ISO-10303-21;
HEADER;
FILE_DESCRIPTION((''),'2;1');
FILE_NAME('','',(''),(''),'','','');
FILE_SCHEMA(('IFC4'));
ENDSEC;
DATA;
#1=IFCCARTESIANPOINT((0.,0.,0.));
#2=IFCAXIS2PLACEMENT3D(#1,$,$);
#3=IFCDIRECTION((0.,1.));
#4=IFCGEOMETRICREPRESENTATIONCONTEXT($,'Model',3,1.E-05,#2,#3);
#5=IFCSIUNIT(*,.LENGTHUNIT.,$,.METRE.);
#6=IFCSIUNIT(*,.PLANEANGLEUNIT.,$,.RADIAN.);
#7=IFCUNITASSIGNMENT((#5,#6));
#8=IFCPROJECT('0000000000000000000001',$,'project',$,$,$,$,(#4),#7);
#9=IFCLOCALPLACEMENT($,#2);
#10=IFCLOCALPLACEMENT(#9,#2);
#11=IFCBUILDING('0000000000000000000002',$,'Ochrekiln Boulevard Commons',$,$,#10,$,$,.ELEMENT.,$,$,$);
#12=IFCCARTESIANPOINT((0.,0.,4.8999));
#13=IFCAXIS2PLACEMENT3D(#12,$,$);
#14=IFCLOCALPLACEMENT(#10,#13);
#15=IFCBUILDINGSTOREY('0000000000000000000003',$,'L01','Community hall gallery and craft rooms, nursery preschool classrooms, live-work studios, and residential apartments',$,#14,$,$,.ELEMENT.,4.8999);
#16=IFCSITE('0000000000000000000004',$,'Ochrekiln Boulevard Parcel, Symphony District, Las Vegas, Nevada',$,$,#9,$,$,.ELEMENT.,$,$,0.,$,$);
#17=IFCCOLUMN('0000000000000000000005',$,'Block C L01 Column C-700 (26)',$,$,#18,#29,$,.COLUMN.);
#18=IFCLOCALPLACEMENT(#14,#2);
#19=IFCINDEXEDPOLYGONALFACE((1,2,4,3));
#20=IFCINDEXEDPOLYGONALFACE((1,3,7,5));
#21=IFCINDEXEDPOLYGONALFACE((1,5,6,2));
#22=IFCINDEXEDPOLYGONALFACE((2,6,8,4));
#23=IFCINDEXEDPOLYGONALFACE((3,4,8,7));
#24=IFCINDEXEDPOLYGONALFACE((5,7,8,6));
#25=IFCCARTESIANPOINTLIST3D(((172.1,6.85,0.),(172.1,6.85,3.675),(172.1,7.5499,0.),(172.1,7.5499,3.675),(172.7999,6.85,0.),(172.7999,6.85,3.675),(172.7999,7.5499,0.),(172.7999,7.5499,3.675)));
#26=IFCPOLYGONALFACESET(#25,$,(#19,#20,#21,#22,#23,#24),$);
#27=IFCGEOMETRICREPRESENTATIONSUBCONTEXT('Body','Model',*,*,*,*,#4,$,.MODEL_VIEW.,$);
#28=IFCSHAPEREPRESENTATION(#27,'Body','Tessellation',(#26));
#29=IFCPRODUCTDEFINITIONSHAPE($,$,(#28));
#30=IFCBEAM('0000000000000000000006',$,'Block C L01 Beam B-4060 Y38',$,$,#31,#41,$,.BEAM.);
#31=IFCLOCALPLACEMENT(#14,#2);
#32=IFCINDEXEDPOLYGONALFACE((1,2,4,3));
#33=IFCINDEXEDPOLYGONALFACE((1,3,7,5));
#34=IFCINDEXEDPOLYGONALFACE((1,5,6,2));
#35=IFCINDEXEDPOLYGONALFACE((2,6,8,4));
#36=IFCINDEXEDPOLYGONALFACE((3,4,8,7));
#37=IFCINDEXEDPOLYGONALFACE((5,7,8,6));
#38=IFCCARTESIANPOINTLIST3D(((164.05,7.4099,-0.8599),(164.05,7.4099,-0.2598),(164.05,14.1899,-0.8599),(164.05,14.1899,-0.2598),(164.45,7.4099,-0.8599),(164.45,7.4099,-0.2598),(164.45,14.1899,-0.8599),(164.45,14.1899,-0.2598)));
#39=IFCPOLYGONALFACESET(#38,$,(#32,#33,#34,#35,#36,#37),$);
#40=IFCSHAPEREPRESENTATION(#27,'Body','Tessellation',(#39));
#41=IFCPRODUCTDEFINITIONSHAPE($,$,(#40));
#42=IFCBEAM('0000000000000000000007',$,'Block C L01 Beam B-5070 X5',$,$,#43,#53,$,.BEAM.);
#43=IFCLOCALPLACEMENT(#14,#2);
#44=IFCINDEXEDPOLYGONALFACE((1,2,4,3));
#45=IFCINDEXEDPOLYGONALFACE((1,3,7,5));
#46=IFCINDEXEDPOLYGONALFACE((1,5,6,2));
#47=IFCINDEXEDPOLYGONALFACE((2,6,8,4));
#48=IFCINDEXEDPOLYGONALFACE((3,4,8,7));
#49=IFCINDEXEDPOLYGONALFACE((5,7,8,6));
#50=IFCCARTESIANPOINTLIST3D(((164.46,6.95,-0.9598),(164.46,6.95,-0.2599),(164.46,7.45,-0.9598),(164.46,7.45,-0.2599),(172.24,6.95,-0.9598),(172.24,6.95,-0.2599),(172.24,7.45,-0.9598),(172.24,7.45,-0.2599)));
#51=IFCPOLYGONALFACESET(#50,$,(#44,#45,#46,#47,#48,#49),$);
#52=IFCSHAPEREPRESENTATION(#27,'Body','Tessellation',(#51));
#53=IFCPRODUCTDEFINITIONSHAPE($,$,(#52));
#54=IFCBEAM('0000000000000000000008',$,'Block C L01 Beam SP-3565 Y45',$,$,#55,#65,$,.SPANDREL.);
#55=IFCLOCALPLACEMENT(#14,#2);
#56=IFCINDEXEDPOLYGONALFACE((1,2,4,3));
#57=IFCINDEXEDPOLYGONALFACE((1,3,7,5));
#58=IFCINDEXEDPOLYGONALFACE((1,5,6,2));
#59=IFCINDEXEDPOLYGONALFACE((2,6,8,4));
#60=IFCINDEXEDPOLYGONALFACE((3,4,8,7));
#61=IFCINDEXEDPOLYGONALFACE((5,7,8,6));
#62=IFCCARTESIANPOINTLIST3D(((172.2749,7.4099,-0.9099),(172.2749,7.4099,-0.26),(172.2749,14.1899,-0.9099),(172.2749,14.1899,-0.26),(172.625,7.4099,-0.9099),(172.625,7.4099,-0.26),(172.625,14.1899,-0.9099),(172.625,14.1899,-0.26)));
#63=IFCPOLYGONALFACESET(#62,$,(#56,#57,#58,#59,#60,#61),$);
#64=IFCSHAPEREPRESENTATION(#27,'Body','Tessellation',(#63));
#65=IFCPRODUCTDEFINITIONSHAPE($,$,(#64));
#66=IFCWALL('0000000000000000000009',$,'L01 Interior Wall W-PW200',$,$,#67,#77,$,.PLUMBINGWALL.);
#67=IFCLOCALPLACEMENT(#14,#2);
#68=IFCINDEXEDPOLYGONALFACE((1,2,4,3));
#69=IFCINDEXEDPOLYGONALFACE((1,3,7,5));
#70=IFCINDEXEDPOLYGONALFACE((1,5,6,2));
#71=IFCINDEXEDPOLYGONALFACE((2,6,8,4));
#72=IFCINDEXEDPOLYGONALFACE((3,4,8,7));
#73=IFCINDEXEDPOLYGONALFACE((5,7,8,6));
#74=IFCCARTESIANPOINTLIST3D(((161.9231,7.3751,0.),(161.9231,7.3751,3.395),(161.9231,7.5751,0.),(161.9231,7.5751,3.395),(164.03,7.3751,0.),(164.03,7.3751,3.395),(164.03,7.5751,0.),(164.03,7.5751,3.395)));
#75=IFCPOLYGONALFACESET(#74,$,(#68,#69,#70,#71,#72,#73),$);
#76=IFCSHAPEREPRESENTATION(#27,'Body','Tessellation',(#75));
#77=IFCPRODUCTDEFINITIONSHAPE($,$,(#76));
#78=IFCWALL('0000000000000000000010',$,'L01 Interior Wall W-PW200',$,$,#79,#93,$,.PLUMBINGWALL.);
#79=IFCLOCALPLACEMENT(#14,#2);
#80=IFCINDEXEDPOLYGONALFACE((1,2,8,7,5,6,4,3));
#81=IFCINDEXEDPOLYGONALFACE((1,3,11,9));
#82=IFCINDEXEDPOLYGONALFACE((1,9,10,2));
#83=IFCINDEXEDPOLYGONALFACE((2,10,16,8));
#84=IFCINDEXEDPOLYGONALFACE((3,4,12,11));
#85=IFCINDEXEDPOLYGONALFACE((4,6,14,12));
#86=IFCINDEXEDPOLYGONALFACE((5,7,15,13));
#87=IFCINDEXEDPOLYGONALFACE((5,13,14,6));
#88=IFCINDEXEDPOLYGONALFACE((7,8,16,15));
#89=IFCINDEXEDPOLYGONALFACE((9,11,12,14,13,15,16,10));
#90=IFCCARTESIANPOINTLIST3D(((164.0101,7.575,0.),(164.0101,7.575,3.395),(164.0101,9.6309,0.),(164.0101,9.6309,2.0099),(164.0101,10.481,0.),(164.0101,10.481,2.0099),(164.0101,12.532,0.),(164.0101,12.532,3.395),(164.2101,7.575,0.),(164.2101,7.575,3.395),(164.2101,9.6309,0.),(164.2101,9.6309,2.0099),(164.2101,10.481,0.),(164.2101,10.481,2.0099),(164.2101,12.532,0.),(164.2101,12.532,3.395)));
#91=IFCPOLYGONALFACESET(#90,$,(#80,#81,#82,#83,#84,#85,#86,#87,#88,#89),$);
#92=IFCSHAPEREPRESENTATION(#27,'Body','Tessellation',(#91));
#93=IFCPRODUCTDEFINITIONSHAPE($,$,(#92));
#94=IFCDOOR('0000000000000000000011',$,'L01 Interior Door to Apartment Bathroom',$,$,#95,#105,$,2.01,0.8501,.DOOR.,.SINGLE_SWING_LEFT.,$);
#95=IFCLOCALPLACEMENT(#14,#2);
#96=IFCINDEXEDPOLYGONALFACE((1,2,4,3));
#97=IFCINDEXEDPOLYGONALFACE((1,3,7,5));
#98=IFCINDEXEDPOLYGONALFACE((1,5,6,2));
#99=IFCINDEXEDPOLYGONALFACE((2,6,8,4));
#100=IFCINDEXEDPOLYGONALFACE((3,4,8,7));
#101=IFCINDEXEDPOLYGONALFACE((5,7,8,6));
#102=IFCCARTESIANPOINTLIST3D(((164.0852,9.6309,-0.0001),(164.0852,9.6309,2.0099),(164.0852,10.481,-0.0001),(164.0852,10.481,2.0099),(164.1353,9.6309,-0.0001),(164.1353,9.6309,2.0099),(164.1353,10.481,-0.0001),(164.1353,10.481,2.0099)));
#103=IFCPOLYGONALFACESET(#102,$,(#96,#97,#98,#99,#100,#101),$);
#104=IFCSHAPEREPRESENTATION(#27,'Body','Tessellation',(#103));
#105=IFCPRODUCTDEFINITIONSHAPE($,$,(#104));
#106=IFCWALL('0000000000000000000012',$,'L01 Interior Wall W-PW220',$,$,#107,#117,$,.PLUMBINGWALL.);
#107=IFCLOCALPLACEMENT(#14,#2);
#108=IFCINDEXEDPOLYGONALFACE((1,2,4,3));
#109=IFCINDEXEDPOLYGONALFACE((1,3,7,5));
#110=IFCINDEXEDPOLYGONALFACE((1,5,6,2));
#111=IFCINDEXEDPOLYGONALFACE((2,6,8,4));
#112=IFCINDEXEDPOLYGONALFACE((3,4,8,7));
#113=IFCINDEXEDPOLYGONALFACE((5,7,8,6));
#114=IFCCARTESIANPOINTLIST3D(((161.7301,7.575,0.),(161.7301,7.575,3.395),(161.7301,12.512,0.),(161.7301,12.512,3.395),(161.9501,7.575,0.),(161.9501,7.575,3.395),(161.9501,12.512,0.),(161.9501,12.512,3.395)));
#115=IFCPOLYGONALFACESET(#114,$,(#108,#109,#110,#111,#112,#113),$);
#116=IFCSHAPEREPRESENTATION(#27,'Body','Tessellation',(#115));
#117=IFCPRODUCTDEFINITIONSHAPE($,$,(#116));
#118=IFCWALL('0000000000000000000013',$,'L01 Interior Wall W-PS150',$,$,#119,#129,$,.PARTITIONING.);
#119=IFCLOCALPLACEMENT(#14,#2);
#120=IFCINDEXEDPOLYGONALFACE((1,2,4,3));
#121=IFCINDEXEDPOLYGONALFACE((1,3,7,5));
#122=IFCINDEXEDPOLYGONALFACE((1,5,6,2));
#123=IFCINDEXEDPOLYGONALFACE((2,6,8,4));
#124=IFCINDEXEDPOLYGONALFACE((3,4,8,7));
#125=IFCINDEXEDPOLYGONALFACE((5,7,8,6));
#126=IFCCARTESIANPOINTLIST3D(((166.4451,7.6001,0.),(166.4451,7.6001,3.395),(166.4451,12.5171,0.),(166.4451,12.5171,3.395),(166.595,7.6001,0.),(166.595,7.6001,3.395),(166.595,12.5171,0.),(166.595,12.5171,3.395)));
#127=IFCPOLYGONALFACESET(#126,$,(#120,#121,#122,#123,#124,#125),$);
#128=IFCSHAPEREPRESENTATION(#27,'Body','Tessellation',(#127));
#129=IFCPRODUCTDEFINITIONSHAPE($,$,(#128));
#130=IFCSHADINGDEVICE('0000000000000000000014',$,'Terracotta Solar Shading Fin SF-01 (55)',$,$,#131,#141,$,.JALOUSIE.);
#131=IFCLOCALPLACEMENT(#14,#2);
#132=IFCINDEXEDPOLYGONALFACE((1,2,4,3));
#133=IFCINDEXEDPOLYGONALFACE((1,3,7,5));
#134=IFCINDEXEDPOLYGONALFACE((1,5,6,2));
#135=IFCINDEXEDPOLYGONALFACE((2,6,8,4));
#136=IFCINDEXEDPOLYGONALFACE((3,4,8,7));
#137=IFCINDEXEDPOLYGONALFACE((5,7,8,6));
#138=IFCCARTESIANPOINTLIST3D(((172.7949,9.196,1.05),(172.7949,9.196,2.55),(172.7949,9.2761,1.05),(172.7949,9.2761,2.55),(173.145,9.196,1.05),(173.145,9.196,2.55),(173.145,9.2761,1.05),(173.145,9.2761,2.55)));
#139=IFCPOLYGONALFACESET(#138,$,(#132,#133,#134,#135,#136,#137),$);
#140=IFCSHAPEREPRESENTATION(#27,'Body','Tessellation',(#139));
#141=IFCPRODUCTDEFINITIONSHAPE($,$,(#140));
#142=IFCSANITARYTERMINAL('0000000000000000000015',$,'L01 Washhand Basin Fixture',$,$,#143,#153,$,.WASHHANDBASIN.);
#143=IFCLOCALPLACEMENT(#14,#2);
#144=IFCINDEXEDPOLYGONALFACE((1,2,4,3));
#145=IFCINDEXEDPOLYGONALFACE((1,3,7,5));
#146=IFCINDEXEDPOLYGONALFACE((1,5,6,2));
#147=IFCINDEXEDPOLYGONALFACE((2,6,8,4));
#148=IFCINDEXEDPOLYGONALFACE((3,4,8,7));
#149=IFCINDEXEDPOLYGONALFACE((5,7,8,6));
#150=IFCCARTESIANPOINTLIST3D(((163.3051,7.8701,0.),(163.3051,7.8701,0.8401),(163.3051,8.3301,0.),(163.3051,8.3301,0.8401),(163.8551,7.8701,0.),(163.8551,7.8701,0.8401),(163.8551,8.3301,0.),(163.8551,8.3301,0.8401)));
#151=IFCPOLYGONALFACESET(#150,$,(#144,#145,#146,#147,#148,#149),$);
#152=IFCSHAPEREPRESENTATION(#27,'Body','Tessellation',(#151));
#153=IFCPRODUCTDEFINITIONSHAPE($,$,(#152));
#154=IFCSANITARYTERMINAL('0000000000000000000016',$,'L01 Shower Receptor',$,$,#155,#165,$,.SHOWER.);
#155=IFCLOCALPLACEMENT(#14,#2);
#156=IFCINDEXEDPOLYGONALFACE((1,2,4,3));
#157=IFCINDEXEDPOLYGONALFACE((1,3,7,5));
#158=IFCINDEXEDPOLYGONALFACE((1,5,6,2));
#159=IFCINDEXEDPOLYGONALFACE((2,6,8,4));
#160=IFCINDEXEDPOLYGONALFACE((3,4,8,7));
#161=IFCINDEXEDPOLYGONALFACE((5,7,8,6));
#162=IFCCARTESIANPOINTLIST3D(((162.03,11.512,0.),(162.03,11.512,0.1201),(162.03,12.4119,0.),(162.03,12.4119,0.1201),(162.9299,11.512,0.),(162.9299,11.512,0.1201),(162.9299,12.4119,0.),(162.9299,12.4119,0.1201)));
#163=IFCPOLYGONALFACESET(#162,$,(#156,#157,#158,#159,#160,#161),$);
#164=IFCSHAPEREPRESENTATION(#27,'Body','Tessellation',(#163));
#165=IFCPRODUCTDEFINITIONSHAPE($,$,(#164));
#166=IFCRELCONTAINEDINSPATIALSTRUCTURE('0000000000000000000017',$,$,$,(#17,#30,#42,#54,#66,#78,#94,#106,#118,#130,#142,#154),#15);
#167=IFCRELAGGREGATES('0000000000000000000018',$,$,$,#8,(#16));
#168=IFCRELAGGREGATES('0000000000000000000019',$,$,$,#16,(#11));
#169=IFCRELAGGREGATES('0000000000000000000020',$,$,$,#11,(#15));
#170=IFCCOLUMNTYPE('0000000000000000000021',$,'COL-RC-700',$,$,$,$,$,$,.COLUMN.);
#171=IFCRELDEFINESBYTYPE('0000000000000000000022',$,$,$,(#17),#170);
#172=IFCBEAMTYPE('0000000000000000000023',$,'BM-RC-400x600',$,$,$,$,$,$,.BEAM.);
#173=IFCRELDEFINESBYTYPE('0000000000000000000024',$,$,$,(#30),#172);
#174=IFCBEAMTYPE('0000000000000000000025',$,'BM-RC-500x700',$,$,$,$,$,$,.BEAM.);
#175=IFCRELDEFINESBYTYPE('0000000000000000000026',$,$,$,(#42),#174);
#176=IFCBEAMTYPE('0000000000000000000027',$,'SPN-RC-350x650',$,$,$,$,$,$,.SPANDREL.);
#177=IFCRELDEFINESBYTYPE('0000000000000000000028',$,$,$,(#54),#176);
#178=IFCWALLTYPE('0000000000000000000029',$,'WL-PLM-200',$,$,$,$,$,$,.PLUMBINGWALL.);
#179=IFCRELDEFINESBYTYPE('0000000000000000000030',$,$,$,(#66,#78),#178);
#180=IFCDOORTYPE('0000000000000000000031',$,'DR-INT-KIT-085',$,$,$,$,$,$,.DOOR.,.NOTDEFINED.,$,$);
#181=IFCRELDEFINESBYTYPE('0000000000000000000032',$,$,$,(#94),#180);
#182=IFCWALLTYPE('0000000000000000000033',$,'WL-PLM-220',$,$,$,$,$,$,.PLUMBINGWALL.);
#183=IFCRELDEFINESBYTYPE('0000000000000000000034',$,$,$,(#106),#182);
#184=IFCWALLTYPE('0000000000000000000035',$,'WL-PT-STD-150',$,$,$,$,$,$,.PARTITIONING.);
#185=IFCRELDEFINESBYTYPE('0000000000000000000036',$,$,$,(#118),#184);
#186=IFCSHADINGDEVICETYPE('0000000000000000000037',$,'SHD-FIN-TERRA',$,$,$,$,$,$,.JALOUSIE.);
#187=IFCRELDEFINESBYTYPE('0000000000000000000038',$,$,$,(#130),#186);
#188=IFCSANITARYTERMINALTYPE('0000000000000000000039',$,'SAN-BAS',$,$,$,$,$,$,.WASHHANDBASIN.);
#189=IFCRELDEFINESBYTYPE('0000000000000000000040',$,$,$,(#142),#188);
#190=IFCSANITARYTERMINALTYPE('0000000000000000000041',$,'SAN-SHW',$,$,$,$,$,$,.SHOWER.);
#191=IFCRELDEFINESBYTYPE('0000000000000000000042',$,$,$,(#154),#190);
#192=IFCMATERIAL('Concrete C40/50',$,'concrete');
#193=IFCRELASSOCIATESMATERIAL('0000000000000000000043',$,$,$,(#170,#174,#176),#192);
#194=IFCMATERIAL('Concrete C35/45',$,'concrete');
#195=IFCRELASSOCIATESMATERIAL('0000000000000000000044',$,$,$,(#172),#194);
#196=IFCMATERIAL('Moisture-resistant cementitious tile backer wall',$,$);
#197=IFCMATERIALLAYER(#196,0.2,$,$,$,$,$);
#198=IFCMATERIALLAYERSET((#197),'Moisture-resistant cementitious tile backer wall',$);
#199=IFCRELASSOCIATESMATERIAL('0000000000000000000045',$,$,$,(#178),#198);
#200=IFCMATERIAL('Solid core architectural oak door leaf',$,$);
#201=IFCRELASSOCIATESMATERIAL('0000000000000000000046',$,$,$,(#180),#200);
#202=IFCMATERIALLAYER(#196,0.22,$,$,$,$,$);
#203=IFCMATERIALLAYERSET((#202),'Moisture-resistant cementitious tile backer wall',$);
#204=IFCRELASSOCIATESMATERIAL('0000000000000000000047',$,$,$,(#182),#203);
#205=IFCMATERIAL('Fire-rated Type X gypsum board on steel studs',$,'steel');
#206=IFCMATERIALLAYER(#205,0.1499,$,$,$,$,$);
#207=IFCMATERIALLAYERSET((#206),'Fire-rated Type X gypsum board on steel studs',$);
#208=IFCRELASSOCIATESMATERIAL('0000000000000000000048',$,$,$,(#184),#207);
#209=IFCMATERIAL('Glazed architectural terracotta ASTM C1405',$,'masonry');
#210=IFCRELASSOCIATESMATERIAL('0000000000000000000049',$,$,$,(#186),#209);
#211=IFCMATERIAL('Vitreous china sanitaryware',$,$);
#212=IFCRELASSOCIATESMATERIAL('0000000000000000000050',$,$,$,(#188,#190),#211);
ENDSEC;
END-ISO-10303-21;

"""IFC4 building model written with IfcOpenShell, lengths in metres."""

from ifc_helpers import new_model, si_unit, direction, frame, frame_2d, origin, origin_2d, place, context, subcontext, project, spatial, rectangle, extrude, material, layer, layer_set, material_profile, profile_set, type_object, element, fill, save


model = new_model("IFC4")

# Units and contexts
model_context = context("Model", 3, precision=1e-05, world=origin(), true_north=direction((0.0, 1.0)))
body_context = subcontext(model_context, "Body", "Model", "MODEL_VIEW")
ifc_project = project(units=[si_unit("LENGTHUNIT", "METRE"), si_unit("PLANEANGLEUNIT", "RADIAN")], contexts=[model_context])

# Site, building, storey
site_placement = place(None, origin())
site = spatial("IfcSite", under=ifc_project, at=site_placement, Name="Ochrekiln Boulevard Parcel, Symphony District, Las Vegas, Nevada", CompositionType="ELEMENT", RefElevation=0.0)
building_placement = place(site_placement, origin())
building = spatial("IfcBuilding", under=site, at=building_placement, Name="Ochrekiln Boulevard Commons", CompositionType="ELEMENT")
storey_placement = place(building_placement, frame((0.0, 0.0, 4.8999)))
storey = spatial("IfcBuildingStorey", under=building, at=storey_placement, Name="L01", Description="Community hall gallery and craft rooms, nursery preschool classrooms, live-work studios, and residential apartments", CompositionType="ELEMENT", Elevation=4.8999)

# Column
ifc_material_1 = material(Name="Concrete C40/50", Category="concrete")
ifc_material_profile_1 = material_profile(ifc_material_1, rectangle(XDim=0.7, YDim=0.7, at=origin_2d()), Name="RC-COL-700x700")
ifc_profile_set_1 = profile_set([ifc_material_profile_1], Name="Concrete C40/50")
column_type = type_object("IfcColumnType", Name="COL-RC-700", PredefinedType="COLUMN", material=ifc_profile_set_1)
column_placement = place(storey_placement, frame((172.45, 7.2, 0.0), z_axis=(0.0, 0.0, 1.0), x_axis=(1.0, 0.0, 0.0)))
element("IfcColumn", 1, at=column_placement, inside=storey, type_object=column_type, Name="Block C L01 Column C-700 (26)", PredefinedType="COLUMN", context=body_context, shape_type="SweptSolid", body=[
    extrude(rectangle(XDim=0.7, YDim=0.7, at=origin_2d()), origin(), (0.0, 0.0, 1.0), 3.675),
])

# Beams
ifc_material_2 = material(Name="Concrete C35/45", Category="concrete")
ifc_material_profile_2 = material_profile(ifc_material_2, rectangle(XDim=0.3999, YDim=0.6001, at=origin_2d()), Name="RC-BM-400x600")
ifc_profile_set_2 = profile_set([ifc_material_profile_2], Name="Concrete C35/45")
beam_type_1 = type_object("IfcBeamType", Name="BM-RC-400x600", PredefinedType="BEAM", material=ifc_profile_set_2)
beam_1_placement = place(storey_placement, frame((164.25, 7.4099, -0.5598), z_axis=(0.0, 1.0, 0.0), x_axis=(-1.0, 0.0, 0.0)))
element("IfcBeam", 2, at=beam_1_placement, inside=storey, type_object=beam_type_1, Name="Block C L01 Beam B-4060 Y38", PredefinedType="BEAM", context=body_context, shape_type="SweptSolid", body=[
    extrude(rectangle(XDim=0.3999, YDim=0.6001, at=origin_2d()), origin(), (0.0, 0.0, 1.0), 6.78),
])
ifc_material_profile_3 = material_profile(ifc_material_1, rectangle(XDim=0.5, YDim=0.7, at=origin_2d()), Name="RC-BM-500x700")
ifc_profile_set_3 = profile_set([ifc_material_profile_3], Name="Concrete C40/50")
beam_type_2 = type_object("IfcBeamType", Name="BM-RC-500x700", PredefinedType="BEAM", material=ifc_profile_set_3)
beam_2_placement = place(storey_placement, frame((164.46, 7.2, -0.6099), z_axis=(1.0, 0.0, 0.0), x_axis=(0.0, 1.0, 0.0)))
element("IfcBeam", 3, at=beam_2_placement, inside=storey, type_object=beam_type_2, Name="Block C L01 Beam B-5070 X5", PredefinedType="BEAM", context=body_context, shape_type="SweptSolid", body=[
    extrude(rectangle(XDim=0.5, YDim=0.7, at=origin_2d()), origin(), (0.0, 0.0, 1.0), 7.78),
])
ifc_material_profile_4 = material_profile(ifc_material_1, rectangle(XDim=0.3501, YDim=0.6499, at=origin_2d()), Name="RC-SPN-350x650")
ifc_profile_set_4 = profile_set([ifc_material_profile_4], Name="Concrete C40/50")
beam_type_3 = type_object("IfcBeamType", Name="SPN-RC-350x650", PredefinedType="SPANDREL", material=ifc_profile_set_4)
beam_3_placement = place(storey_placement, frame((172.45, 7.4099, -0.585), z_axis=(0.0, 1.0, 0.0), x_axis=(-1.0, 0.0, 0.0)))
element("IfcBeam", 4, at=beam_3_placement, inside=storey, type_object=beam_type_3, Name="Block C L01 Beam SP-3565 Y45", PredefinedType="SPANDREL", context=body_context, shape_type="SweptSolid", body=[
    extrude(rectangle(XDim=0.3501, YDim=0.6499, at=origin_2d()), origin(), (0.0, 0.0, 1.0), 6.78),
])

# Wall
ifc_material_3 = material(Name="Moisture-resistant cementitious tile backer wall")
ifc_layer_1 = layer(ifc_material_3, 0.2)
ifc_layer_set_1 = layer_set([ifc_layer_1], Name="Moisture-resistant cementitious tile backer wall")
wall_type_1 = type_object("IfcWallType", Name="WL-PLM-200", PredefinedType="PLUMBINGWALL", material=ifc_layer_set_1)
wall_1_placement = place(storey_placement, frame((161.9231, 7.4751, 0.0), z_axis=(0.0, 0.0, 1.0), x_axis=(1.0, 0.0, 0.0)))
element("IfcWall", 5, at=wall_1_placement, inside=storey, type_object=wall_type_1, Name="L01 Interior Wall W-PW200", PredefinedType="PLUMBINGWALL", context=body_context, shape_type="SweptSolid", body=[
    extrude(rectangle(XDim=2.1069, YDim=0.2, at=frame_2d((1.0535, 0.0))), origin(), (0.0, 0.0, 1.0), 3.395),
])

# Wall, opening, door
wall_2_placement = place(storey_placement, frame((164.1101, 7.575, 0.0), z_axis=(0.0, 0.0, 1.0), x_axis=(0.0, 1.0, 0.0)))
wall_2 = element("IfcWall", 6, at=wall_2_placement, inside=storey, type_object=wall_type_1, Name="L01 Interior Wall W-PW200", PredefinedType="PLUMBINGWALL", context=body_context, shape_type="SweptSolid", body=[
    extrude(rectangle(XDim=4.957, YDim=0.2, at=frame_2d((2.4785, 0.0))), origin(), (0.0, 0.0, 1.0), 3.395),
])
opening_placement = place(wall_2_placement, frame((2.0559, 0.0, 0.0)))
opening = element("IfcOpeningElement", 7, at=opening_placement, cuts=wall_2, PredefinedType="OPENING", context=body_context, shape_type="SweptSolid", body=[
    extrude(rectangle(XDim=0.8501, YDim=2.01, at=frame_2d((0.425, 1.0049))), frame((0.0, 0.1099, 0.0), z_axis=(0.0, -1.0, 0.0), x_axis=(1.0, 0.0, 0.0)), (0.0, 0.0, 1.0), 0.22),
])
ifc_material_4 = material(Name="Solid core architectural oak door leaf")
door_type = type_object("IfcDoorType", Name="DR-INT-KIT-085", OperationType="NOTDEFINED", PredefinedType="DOOR", material=ifc_material_4)
door_placement = place(opening_placement, origin())
door = element("IfcDoor", 8, at=door_placement, inside=storey, type_object=door_type, Name="L01 Interior Door to Apartment Bathroom", OperationType="SINGLE_SWING_LEFT", OverallHeight=2.01, OverallWidth=0.8501, PredefinedType="DOOR", context=body_context, shape_type="SweptSolid", body=[
    extrude(rectangle(XDim=0.8501, YDim=2.01, at=frame_2d((0.425, 1.0049))), frame((0.0, 0.0249, 0.0), z_axis=(0.0, -1.0, 0.0), x_axis=(1.0, 0.0, 0.0)), (0.0, 0.0, 1.0), 0.05),
])
fill(opening, door)

# Walls
ifc_layer_2 = layer(ifc_material_3, 0.22)
ifc_layer_set_2 = layer_set([ifc_layer_2], Name="Moisture-resistant cementitious tile backer wall")
wall_type_2 = type_object("IfcWallType", Name="WL-PLM-220", PredefinedType="PLUMBINGWALL", material=ifc_layer_set_2)
wall_3_placement = place(storey_placement, frame((161.8401, 7.575, 0.0), z_axis=(0.0, 0.0, 1.0), x_axis=(0.0, 1.0, 0.0)))
element("IfcWall", 9, at=wall_3_placement, inside=storey, type_object=wall_type_2, Name="L01 Interior Wall W-PW220", PredefinedType="PLUMBINGWALL", context=body_context, shape_type="SweptSolid", body=[
    extrude(rectangle(XDim=4.937, YDim=0.22, at=frame_2d((2.4685, 0.0))), origin(), (0.0, 0.0, 1.0), 3.395),
])
ifc_material_5 = material(Name="Fire-rated Type X gypsum board on steel studs", Category="steel")
ifc_layer_3 = layer(ifc_material_5, 0.1499)
ifc_layer_set_3 = layer_set([ifc_layer_3], Name="Fire-rated Type X gypsum board on steel studs")
wall_type_3 = type_object("IfcWallType", Name="WL-PT-STD-150", PredefinedType="PARTITIONING", material=ifc_layer_set_3)
wall_4_placement = place(storey_placement, frame((166.52, 7.6001, 0.0), z_axis=(0.0, 0.0, 1.0), x_axis=(0.0, 1.0, 0.0)))
element("IfcWall", 10, at=wall_4_placement, inside=storey, type_object=wall_type_3, Name="L01 Interior Wall W-PS150", PredefinedType="PARTITIONING", context=body_context, shape_type="SweptSolid", body=[
    extrude(rectangle(XDim=4.917, YDim=0.1499, at=frame_2d((2.4585, 0.0))), origin(), (0.0, 0.0, 1.0), 3.395),
])

# Shading device
ifc_material_6 = material(Name="Glazed architectural terracotta ASTM C1405", Category="masonry")
shading_device_type = type_object("IfcShadingDeviceType", Name="SHD-FIN-TERRA", PredefinedType="JALOUSIE", material=ifc_material_6)
shading_device_placement = place(storey_placement, frame((172.97, 9.2361, 1.05), z_axis=(0.0, 0.0, 1.0), x_axis=(1.0, 0.0, 0.0)))
element("IfcShadingDevice", 11, at=shading_device_placement, inside=storey, type_object=shading_device_type, Name="Terracotta Solar Shading Fin SF-01 (55)", PredefinedType="JALOUSIE", context=body_context, shape_type="SweptSolid", body=[
    extrude(rectangle(XDim=0.3501, YDim=0.0801, at=origin_2d()), origin(), (0.0, 0.0, 1.0), 1.5),
])

# Sanitary terminals
ifc_material_7 = material(Name="Vitreous china sanitaryware")
sanitary_terminal_type_1 = type_object("IfcSanitaryTerminalType", Name="SAN-BAS", PredefinedType="WASHHANDBASIN", material=ifc_material_7)
sanitary_terminal_1_placement = place(storey_placement, frame((163.5801, 8.1001, 0.0), z_axis=(0.0, 0.0, 1.0), x_axis=(1.0, 0.0, 0.0)))
element("IfcSanitaryTerminal", 12, at=sanitary_terminal_1_placement, inside=storey, type_object=sanitary_terminal_type_1, Name="L01 Washhand Basin Fixture", PredefinedType="WASHHANDBASIN", context=body_context, shape_type="SweptSolid", body=[
    extrude(rectangle(XDim=0.55, YDim=0.46, at=origin_2d()), origin(), (0.0, 0.0, 1.0), 0.8401),
])
sanitary_terminal_type_2 = type_object("IfcSanitaryTerminalType", Name="SAN-SHW", PredefinedType="SHOWER", material=ifc_material_7)
sanitary_terminal_2_placement = place(storey_placement, frame((162.48, 11.9619, 0.0), z_axis=(0.0, 0.0, 1.0), x_axis=(1.0, 0.0, 0.0)))
element("IfcSanitaryTerminal", 13, at=sanitary_terminal_2_placement, inside=storey, type_object=sanitary_terminal_type_2, Name="L01 Shower Receptor", PredefinedType="SHOWER", context=body_context, shape_type="SweptSolid", body=[
    extrude(rectangle(XDim=0.8999, YDim=0.8999, at=origin_2d()), origin(), (0.0, 0.0, 1.0), 0.1201),
])

save(model, "model.ifc")
